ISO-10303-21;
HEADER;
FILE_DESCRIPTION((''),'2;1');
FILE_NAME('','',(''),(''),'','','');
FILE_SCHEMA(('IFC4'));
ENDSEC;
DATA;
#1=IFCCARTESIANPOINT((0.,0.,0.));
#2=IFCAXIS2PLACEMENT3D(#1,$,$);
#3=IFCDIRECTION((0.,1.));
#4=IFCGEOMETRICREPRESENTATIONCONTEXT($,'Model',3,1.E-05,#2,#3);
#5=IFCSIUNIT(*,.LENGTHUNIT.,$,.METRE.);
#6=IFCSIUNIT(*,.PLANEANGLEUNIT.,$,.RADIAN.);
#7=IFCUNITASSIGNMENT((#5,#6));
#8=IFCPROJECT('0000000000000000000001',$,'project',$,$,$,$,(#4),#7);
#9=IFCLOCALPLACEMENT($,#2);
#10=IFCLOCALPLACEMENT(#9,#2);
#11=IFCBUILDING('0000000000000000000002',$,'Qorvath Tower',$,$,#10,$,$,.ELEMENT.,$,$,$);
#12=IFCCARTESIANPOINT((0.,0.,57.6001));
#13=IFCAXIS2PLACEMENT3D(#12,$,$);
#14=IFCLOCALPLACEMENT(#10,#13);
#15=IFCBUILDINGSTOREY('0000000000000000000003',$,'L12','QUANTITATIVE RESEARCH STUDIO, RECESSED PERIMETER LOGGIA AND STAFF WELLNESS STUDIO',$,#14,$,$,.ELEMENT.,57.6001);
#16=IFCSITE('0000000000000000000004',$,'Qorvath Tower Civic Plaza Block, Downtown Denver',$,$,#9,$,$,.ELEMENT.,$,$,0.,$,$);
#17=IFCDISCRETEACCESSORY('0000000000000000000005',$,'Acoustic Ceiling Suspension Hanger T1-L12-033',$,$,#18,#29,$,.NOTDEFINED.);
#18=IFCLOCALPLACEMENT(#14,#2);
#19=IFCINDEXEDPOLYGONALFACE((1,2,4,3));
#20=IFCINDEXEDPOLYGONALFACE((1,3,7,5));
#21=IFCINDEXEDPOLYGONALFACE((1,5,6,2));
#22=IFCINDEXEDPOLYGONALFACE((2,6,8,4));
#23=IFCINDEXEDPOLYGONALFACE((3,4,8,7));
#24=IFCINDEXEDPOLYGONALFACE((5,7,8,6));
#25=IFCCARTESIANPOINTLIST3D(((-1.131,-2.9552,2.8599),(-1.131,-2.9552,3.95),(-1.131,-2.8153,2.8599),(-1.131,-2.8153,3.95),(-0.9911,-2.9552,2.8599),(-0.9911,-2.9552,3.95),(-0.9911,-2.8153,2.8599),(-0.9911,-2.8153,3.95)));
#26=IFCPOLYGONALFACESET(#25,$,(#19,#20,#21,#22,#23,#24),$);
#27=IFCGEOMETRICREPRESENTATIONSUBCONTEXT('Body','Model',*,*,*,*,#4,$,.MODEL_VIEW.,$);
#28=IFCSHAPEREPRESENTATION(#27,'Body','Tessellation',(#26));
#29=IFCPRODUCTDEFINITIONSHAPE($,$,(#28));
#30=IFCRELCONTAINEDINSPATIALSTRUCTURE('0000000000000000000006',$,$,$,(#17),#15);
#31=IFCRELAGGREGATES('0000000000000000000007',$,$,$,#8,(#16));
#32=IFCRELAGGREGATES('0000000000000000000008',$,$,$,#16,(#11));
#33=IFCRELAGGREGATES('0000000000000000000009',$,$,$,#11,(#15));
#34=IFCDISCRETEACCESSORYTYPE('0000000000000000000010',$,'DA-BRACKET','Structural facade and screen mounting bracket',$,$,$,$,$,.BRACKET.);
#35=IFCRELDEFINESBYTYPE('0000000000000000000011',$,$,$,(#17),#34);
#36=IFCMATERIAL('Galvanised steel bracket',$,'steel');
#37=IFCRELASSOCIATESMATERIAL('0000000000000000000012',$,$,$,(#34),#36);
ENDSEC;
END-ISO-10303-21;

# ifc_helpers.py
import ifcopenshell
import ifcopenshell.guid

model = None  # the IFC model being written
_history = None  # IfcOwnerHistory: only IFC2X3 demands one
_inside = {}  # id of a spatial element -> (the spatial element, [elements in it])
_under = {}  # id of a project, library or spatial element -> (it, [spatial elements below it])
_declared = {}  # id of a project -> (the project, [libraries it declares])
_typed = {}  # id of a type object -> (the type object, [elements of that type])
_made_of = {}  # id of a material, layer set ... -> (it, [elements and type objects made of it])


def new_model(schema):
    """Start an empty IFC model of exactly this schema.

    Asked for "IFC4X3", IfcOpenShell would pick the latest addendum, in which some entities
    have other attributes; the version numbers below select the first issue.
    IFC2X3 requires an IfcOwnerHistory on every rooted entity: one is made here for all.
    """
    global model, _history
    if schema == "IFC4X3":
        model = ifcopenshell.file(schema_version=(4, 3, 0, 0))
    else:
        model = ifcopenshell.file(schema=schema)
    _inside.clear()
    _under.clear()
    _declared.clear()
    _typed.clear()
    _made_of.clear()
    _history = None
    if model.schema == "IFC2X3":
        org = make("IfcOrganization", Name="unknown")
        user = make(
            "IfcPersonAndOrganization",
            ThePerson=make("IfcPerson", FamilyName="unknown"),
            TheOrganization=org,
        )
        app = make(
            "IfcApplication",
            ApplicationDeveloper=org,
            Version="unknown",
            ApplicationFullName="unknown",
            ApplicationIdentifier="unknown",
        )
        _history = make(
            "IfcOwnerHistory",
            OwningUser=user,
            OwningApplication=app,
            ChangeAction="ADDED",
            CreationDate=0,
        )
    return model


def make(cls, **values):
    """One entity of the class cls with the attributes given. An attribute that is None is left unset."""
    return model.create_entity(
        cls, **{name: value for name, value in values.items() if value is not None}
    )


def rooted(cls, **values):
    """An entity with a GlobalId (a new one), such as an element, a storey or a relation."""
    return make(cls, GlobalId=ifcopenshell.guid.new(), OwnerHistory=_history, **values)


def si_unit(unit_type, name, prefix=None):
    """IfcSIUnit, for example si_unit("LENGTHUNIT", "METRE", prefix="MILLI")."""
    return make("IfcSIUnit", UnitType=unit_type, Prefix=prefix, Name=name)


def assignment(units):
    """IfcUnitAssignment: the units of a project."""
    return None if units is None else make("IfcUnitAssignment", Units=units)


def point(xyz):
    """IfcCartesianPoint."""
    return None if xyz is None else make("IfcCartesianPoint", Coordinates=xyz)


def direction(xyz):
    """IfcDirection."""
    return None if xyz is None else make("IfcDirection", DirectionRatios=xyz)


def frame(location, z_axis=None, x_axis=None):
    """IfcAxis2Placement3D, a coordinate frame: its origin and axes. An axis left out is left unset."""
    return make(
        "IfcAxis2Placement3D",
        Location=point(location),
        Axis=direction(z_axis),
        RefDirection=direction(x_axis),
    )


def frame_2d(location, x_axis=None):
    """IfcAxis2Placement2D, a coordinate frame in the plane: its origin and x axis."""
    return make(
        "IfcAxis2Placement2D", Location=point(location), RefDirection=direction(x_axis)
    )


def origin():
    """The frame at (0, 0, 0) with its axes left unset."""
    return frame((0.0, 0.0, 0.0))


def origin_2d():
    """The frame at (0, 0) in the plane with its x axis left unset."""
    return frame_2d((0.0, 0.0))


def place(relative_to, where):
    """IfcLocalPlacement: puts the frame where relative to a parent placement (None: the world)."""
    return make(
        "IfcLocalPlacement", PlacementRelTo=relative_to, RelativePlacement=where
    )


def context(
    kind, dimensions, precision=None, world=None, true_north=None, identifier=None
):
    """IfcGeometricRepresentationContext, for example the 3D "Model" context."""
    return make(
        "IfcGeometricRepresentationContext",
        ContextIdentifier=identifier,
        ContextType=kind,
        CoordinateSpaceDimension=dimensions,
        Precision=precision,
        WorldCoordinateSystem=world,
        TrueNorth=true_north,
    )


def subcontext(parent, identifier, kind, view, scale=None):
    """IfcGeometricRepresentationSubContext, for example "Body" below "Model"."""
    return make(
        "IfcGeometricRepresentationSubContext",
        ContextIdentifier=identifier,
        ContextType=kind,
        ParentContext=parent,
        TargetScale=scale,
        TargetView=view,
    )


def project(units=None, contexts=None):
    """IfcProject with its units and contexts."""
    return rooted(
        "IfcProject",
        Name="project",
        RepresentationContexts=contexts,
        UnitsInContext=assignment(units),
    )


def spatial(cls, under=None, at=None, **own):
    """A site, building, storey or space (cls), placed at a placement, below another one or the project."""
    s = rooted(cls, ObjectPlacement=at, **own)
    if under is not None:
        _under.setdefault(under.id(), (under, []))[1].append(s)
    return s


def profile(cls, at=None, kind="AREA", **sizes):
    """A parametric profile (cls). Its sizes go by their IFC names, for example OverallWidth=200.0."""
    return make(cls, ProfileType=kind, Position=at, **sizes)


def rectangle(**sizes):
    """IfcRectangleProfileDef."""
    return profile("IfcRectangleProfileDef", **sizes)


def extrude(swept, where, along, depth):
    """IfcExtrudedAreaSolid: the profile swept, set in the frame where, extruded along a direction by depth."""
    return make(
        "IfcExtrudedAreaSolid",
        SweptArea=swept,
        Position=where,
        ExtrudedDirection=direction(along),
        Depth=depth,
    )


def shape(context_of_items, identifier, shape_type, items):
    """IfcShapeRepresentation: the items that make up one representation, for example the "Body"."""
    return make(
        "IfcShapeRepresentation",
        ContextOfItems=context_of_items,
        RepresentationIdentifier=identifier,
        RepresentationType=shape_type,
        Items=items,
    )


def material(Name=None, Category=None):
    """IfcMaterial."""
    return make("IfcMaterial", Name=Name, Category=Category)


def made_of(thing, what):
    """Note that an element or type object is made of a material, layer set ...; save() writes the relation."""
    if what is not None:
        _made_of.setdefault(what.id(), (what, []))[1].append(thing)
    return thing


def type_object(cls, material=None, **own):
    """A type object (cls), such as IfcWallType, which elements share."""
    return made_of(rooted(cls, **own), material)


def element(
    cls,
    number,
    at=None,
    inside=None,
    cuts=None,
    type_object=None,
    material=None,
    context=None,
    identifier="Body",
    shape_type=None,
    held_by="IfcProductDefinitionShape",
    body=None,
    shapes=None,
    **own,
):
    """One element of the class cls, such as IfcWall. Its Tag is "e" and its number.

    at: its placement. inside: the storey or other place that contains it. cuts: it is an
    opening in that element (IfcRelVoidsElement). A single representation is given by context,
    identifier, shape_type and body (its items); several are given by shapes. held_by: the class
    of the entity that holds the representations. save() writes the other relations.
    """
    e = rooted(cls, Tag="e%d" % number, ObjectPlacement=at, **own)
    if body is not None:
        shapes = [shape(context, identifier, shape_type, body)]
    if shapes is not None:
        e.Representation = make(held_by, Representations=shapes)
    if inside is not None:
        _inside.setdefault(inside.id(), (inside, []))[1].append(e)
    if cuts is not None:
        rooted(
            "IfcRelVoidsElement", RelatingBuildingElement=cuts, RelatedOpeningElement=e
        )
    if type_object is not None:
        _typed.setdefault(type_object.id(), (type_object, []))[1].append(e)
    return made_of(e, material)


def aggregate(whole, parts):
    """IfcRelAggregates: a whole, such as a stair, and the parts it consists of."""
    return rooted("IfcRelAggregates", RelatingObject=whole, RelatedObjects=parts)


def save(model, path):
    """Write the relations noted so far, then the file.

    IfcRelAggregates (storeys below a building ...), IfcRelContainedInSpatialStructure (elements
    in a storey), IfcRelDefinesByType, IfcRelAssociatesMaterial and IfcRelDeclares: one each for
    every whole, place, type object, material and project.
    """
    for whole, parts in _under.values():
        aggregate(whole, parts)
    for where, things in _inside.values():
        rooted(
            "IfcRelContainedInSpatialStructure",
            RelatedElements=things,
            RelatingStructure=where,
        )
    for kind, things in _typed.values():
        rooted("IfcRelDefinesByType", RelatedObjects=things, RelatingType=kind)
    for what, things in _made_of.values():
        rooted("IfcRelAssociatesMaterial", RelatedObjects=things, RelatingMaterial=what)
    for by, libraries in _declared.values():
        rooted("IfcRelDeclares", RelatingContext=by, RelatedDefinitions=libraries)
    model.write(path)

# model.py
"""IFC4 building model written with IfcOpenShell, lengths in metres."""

from ifc_helpers import new_model, si_unit, direction, frame, origin, origin_2d, place, context, subcontext, project, spatial, rectangle, extrude, material, type_object, element, save


model = new_model("IFC4")

# Units and contexts
model_context = context("Model", 3, precision=1e-05, world=origin(), true_north=direction((0.0, 1.0)))
body_context = subcontext(model_context, "Body", "Model", "MODEL_VIEW")
ifc_project = project(units=[si_unit("LENGTHUNIT", "METRE"), si_unit("PLANEANGLEUNIT", "RADIAN")], contexts=[model_context])

# Site, building, storey
site_placement = place(None, origin())
site = spatial("IfcSite", under=ifc_project, at=site_placement, Name="Qorvath Tower Civic Plaza Block, Downtown Denver", CompositionType="ELEMENT", RefElevation=0.0)
building_placement = place(site_placement, origin())
building = spatial("IfcBuilding", under=site, at=building_placement, Name="Qorvath Tower", CompositionType="ELEMENT")
storey_placement = place(building_placement, frame((0.0, 0.0, 57.6001)))
storey = spatial("IfcBuildingStorey", under=building, at=storey_placement, Name="L12", Description="QUANTITATIVE RESEARCH STUDIO, RECESSED PERIMETER LOGGIA AND STAFF WELLNESS STUDIO", CompositionType="ELEMENT", Elevation=57.6001)

# Discrete accessory
ifc_material_1 = material(Name="Galvanised steel bracket", Category="steel")
discrete_accessory_type = type_object("IfcDiscreteAccessoryType", Name="DA-BRACKET", Description="Structural facade and screen mounting bracket", PredefinedType="BRACKET", material=ifc_material_1)
for number, where, z_axis, x_axis, name in (
    (1, (-1.061, -2.8853, 2.8599), (0.0, 0.0, 1.0), (1.0, 0.0, 0.0), "Acoustic Ceiling Suspension Hanger T1-L12-033"),
):
    element("IfcDiscreteAccessory", number, at=place(storey_placement, frame(where, z_axis=z_axis, x_axis=x_axis)), inside=storey, type_object=discrete_accessory_type, Name=name, PredefinedType="NOTDEFINED", context=body_context, shape_type="SweptSolid", body=[
        extrude(rectangle(XDim=0.1399, YDim=0.1399, at=origin_2d()), origin(), (0.0, 0.0, 1.0), 1.0901),
    ])

save(model, "model.ifc")
